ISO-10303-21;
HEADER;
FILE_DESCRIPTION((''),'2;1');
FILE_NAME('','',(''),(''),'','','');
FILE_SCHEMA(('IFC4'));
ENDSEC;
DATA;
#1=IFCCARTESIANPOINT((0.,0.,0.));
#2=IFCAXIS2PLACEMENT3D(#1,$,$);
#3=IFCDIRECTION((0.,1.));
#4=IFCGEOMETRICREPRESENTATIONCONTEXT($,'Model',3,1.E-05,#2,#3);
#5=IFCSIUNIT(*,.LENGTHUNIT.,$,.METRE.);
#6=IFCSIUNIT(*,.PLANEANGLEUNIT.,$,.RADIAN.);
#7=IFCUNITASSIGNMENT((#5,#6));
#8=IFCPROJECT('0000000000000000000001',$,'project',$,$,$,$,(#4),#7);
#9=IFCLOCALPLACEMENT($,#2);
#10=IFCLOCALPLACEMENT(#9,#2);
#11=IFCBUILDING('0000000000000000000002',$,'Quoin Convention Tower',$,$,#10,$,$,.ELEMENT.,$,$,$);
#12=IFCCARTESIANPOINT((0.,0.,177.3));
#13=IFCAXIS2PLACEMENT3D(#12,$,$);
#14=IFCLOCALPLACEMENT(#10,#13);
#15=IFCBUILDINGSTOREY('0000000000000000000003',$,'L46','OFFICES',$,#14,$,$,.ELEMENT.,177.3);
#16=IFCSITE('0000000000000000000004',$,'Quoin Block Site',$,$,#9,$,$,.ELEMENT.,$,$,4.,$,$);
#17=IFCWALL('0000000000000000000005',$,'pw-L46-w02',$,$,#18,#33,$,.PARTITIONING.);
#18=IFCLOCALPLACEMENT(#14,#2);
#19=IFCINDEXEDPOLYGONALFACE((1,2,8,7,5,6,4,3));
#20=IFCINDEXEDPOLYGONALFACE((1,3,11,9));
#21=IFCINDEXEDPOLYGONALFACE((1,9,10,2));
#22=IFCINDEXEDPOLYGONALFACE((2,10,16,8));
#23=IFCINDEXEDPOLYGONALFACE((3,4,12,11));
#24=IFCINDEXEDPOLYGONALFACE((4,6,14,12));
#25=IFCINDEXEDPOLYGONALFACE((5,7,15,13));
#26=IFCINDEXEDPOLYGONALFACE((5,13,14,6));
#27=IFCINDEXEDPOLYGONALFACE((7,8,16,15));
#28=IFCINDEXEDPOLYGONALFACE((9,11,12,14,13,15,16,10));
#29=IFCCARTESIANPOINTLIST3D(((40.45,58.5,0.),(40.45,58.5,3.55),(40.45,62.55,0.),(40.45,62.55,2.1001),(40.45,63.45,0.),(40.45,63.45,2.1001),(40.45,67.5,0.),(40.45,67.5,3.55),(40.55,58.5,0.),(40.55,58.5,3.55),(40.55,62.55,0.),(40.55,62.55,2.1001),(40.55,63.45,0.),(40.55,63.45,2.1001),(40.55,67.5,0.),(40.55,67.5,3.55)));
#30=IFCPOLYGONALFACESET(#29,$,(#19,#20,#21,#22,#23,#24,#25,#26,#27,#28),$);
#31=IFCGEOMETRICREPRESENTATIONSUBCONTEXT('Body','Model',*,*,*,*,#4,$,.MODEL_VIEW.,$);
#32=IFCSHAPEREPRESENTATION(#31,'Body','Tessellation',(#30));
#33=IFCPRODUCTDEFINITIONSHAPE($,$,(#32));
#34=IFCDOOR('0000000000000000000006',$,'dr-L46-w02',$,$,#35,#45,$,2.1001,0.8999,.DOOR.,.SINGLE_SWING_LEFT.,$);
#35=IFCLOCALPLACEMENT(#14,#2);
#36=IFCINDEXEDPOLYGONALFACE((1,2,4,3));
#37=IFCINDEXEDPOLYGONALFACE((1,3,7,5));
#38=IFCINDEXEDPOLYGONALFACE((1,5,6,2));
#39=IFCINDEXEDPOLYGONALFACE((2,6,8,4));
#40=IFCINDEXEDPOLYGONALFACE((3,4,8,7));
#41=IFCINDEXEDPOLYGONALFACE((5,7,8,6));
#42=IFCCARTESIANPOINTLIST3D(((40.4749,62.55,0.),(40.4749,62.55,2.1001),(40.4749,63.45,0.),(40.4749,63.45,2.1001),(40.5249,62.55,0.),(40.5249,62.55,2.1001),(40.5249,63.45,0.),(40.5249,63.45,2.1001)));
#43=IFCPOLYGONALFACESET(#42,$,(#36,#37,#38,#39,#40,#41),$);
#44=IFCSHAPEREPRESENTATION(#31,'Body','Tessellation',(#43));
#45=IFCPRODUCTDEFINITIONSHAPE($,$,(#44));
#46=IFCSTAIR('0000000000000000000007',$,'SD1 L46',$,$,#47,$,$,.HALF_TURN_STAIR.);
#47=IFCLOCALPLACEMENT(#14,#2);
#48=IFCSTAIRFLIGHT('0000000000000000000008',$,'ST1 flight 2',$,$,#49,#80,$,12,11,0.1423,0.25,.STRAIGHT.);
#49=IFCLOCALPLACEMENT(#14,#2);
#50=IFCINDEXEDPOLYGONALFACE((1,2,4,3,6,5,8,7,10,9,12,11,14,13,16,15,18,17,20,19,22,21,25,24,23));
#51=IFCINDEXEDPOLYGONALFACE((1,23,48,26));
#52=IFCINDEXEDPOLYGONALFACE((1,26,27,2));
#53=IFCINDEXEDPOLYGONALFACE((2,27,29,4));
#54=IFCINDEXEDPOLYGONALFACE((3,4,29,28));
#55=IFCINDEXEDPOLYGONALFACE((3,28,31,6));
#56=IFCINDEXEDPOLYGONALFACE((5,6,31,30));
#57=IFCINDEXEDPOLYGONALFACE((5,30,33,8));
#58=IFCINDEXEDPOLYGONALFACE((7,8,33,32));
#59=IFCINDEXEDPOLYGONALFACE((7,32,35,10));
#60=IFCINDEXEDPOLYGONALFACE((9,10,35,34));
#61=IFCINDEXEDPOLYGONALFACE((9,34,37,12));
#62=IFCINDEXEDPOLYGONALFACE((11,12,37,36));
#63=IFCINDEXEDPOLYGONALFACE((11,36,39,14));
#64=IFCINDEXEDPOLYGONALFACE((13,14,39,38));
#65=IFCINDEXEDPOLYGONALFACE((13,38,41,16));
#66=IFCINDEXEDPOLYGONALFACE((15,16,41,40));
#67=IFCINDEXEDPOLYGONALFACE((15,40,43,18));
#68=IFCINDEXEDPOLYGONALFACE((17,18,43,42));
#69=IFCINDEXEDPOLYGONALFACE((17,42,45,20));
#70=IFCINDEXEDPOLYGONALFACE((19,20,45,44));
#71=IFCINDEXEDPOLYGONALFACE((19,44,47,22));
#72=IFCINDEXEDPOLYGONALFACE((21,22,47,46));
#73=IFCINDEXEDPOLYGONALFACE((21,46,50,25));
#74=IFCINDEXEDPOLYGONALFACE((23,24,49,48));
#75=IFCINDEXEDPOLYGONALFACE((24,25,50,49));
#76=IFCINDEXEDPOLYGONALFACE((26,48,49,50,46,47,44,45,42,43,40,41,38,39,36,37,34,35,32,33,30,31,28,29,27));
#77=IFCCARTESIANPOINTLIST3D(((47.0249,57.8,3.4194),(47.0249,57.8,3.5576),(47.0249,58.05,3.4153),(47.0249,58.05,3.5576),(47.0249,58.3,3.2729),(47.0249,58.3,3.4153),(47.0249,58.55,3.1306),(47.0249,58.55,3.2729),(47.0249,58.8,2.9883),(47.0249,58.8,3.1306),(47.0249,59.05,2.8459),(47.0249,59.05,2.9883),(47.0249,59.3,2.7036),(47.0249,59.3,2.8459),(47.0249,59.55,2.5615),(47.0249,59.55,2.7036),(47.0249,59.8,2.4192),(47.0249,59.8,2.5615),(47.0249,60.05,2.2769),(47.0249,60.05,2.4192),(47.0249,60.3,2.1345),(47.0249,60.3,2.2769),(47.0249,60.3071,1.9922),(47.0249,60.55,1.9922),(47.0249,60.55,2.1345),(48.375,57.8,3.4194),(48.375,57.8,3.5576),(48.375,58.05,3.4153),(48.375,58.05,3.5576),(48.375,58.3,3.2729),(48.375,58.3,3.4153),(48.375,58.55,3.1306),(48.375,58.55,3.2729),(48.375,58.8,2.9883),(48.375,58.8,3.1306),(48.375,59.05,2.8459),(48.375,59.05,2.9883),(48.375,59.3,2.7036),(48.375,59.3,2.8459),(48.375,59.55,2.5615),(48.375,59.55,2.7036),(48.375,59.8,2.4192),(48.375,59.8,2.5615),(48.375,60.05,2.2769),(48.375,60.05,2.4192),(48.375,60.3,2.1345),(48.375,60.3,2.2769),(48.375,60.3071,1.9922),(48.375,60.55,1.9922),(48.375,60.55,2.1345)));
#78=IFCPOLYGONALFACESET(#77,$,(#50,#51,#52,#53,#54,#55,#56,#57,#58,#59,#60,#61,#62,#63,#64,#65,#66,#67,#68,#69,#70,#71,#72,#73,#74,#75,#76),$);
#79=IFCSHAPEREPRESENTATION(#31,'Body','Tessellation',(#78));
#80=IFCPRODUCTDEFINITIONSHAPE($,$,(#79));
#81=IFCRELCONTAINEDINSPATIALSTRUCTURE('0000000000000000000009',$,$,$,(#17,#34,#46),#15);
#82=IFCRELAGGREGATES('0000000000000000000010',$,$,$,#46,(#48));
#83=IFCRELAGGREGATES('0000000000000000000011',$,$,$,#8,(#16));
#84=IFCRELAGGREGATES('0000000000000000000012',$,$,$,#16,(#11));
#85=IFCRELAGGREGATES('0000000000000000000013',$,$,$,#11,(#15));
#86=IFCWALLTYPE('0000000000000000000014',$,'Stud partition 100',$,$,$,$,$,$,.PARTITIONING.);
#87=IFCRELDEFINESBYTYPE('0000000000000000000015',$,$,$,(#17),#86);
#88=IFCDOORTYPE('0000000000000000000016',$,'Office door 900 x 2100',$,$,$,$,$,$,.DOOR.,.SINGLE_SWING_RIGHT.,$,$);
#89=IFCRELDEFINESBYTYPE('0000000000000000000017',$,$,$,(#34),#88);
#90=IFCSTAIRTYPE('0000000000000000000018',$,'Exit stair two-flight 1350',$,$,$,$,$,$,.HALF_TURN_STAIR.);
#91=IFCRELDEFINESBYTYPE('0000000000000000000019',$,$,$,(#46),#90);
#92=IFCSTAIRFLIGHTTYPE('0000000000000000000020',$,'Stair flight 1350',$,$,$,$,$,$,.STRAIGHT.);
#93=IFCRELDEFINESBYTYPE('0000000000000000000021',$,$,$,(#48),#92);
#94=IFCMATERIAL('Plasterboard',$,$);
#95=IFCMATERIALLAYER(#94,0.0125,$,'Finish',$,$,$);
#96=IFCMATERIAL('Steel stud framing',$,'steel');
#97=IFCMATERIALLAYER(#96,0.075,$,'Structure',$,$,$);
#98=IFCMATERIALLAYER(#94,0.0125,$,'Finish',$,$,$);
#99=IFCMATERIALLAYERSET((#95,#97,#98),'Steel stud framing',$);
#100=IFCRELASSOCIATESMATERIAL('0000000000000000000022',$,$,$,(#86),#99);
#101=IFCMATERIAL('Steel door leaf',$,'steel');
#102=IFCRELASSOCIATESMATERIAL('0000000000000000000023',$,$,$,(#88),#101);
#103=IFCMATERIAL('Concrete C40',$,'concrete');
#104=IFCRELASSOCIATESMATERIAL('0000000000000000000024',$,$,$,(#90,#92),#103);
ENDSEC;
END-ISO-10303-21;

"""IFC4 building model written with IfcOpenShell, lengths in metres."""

from ifc_helpers import new_model, si_unit, direction, frame, frame_2d, origin, place, context, subcontext, project, spatial, polyline, rectangle, outline, extrude, material, layer, layer_set, type_object, element, fill, aggregate, save


model = new_model("IFC4")

# Units and contexts
model_context = context("Model", 3, precision=1e-05, world=origin(), true_north=direction((0.0, 1.0)))
body_context = subcontext(model_context, "Body", "Model", "MODEL_VIEW")
ifc_project = project(units=[si_unit("LENGTHUNIT", "METRE"), si_unit("PLANEANGLEUNIT", "RADIAN")], contexts=[model_context])

# Site, building, storey
site_placement = place(None, origin())
site = spatial("IfcSite", under=ifc_project, at=site_placement, Name="Quoin Block Site", CompositionType="ELEMENT", RefElevation=4.0)
building_placement = place(site_placement, origin())
building = spatial("IfcBuilding", under=site, at=building_placement, Name="Quoin Convention Tower", CompositionType="ELEMENT")
storey_placement = place(building_placement, frame((0.0, 0.0, 177.3)))
storey = spatial("IfcBuildingStorey", under=building, at=storey_placement, Name="L46", Description="OFFICES", CompositionType="ELEMENT", Elevation=177.3)

# Shared definitions
ifc_material_1 = material(Name="Plasterboard")
ifc_material_2 = material(Name="Steel stud framing", Category="steel")
ifc_material_3 = material(Name="Steel door leaf", Category="steel")

# Wall, opening, door
ifc_layer_1 = layer(ifc_material_1, 0.0125, Name="Finish")
ifc_layer_2 = layer(ifc_material_2, 0.075, Name="Structure")
ifc_layer_3 = layer(ifc_material_1, 0.0125, Name="Finish")
ifc_layer_set_1 = layer_set([ifc_layer_1, ifc_layer_2, ifc_layer_3], Name="Steel stud framing")
wall_type_1 = type_object("IfcWallType", Name="Stud partition 100", PredefinedType="PARTITIONING", material=ifc_layer_set_1)
wall_1_placement = place(storey_placement, frame((40.5, 67.5, 0.0), z_axis=(0.0, 0.0, 1.0), x_axis=(0.0, -1.0, 0.0)))
wall_1 = element("IfcWall", 1, at=wall_1_placement, inside=storey, type_object=wall_type_1, Name="pw-L46-w02", PredefinedType="PARTITIONING", context=body_context, shape_type="SweptSolid", body=[
    extrude(rectangle(XDim=9.0, YDim=0.1001, at=frame_2d((4.5, 0.0))), origin(), (0.0, 0.0, 1.0), 3.55),
])
opening_1_placement = place(wall_1_placement, frame((4.05, 0.0, 0.0)))
opening_1 = element("IfcOpeningElement", 2, at=opening_1_placement, cuts=wall_1, PredefinedType="OPENING", context=body_context, shape_type="SweptSolid", body=[
    extrude(rectangle(XDim=0.8999, YDim=2.1001, at=frame_2d((0.45, 1.05))), frame((0.0, 0.0601, 0.0), z_axis=(0.0, -1.0, 0.0), x_axis=(1.0, 0.0, 0.0)), (0.0, 0.0, 1.0), 0.1201),
])
door_type_1 = type_object("IfcDoorType", Name="Office door 900 x 2100", OperationType="SINGLE_SWING_RIGHT", PredefinedType="DOOR", material=ifc_material_3)
door_1_placement = place(opening_1_placement, origin())
door_1 = element("IfcDoor", 3, at=door_1_placement, inside=storey, type_object=door_type_1, Name="dr-L46-w02", OperationType="SINGLE_SWING_LEFT", OverallHeight=2.1001, OverallWidth=0.8999, PredefinedType="DOOR", context=body_context, shape_type="SweptSolid", body=[
    extrude(rectangle(XDim=0.8999, YDim=2.1001, at=frame_2d((0.45, 1.05))), frame((0.0, 0.0249, 0.0), z_axis=(0.0, -1.0, 0.0), x_axis=(1.0, 0.0, 0.0)), (0.0, 0.0, 1.0), 0.05),
])
fill(opening_1, door_1)

# Stair, stair flight
ifc_material_4 = material(Name="Concrete C40", Category="concrete")
stair_type = type_object("IfcStairType", Name="Exit stair two-flight 1350", PredefinedType="HALF_TURN_STAIR", material=ifc_material_4)
stair_placement = place(storey_placement, origin())
stair = element("IfcStair", 4, at=stair_placement, inside=storey, type_object=stair_type, Name="SD1 L46", PredefinedType="HALF_TURN_STAIR")
stair_flight_type = type_object("IfcStairFlightType", Name="Stair flight 1350", PredefinedType="STRAIGHT", material=ifc_material_4)
stair_flight_placement = place(storey_placement, frame((47.7, 60.55, 1.9922), z_axis=(0.0, 0.0, 1.0), x_axis=(0.0, -1.0, 0.0)))
stair_flight = element("IfcStairFlight", 5, at=stair_flight_placement, type_object=stair_flight_type, Name="ST1 flight 2", NumberOfRisers=12, NumberOfTreads=11, PredefinedType="STRAIGHT", RiserHeight=0.1423, TreadLength=0.25, context=body_context, shape_type="SweptSolid", body=[
    extrude(outline(polyline([(0.0, 0.0), (0.0, 0.1423), (0.25, 0.1423), (0.25, 0.2847), (0.5, 0.2847), (0.5, 0.427), (0.75, 0.427), (0.75, 0.5693), (1.0, 0.5693), (1.0, 0.7114), (1.25, 0.7114), (1.25, 0.8538), (1.5, 0.8538), (1.5, 0.9961), (1.75, 0.9961), (1.75, 1.1384), (2.0, 1.1384), (2.0, 1.2808), (2.25, 1.2808), (2.25, 1.4231), (2.5, 1.4231), (2.5, 1.5654), (2.75, 1.5654), (2.75, 1.7078), (2.75, 1.4272), (0.2429, 0.0), (0.0, 0.0)])), frame((0.0, 0.675, 0.0), z_axis=(0.0, -1.0, 0.0), x_axis=(1.0, 0.0, 0.0)), (0.0, 0.0, 1.0), 1.3501),
])
aggregate(stair, [stair_flight])

save(model, "model.ifc")
